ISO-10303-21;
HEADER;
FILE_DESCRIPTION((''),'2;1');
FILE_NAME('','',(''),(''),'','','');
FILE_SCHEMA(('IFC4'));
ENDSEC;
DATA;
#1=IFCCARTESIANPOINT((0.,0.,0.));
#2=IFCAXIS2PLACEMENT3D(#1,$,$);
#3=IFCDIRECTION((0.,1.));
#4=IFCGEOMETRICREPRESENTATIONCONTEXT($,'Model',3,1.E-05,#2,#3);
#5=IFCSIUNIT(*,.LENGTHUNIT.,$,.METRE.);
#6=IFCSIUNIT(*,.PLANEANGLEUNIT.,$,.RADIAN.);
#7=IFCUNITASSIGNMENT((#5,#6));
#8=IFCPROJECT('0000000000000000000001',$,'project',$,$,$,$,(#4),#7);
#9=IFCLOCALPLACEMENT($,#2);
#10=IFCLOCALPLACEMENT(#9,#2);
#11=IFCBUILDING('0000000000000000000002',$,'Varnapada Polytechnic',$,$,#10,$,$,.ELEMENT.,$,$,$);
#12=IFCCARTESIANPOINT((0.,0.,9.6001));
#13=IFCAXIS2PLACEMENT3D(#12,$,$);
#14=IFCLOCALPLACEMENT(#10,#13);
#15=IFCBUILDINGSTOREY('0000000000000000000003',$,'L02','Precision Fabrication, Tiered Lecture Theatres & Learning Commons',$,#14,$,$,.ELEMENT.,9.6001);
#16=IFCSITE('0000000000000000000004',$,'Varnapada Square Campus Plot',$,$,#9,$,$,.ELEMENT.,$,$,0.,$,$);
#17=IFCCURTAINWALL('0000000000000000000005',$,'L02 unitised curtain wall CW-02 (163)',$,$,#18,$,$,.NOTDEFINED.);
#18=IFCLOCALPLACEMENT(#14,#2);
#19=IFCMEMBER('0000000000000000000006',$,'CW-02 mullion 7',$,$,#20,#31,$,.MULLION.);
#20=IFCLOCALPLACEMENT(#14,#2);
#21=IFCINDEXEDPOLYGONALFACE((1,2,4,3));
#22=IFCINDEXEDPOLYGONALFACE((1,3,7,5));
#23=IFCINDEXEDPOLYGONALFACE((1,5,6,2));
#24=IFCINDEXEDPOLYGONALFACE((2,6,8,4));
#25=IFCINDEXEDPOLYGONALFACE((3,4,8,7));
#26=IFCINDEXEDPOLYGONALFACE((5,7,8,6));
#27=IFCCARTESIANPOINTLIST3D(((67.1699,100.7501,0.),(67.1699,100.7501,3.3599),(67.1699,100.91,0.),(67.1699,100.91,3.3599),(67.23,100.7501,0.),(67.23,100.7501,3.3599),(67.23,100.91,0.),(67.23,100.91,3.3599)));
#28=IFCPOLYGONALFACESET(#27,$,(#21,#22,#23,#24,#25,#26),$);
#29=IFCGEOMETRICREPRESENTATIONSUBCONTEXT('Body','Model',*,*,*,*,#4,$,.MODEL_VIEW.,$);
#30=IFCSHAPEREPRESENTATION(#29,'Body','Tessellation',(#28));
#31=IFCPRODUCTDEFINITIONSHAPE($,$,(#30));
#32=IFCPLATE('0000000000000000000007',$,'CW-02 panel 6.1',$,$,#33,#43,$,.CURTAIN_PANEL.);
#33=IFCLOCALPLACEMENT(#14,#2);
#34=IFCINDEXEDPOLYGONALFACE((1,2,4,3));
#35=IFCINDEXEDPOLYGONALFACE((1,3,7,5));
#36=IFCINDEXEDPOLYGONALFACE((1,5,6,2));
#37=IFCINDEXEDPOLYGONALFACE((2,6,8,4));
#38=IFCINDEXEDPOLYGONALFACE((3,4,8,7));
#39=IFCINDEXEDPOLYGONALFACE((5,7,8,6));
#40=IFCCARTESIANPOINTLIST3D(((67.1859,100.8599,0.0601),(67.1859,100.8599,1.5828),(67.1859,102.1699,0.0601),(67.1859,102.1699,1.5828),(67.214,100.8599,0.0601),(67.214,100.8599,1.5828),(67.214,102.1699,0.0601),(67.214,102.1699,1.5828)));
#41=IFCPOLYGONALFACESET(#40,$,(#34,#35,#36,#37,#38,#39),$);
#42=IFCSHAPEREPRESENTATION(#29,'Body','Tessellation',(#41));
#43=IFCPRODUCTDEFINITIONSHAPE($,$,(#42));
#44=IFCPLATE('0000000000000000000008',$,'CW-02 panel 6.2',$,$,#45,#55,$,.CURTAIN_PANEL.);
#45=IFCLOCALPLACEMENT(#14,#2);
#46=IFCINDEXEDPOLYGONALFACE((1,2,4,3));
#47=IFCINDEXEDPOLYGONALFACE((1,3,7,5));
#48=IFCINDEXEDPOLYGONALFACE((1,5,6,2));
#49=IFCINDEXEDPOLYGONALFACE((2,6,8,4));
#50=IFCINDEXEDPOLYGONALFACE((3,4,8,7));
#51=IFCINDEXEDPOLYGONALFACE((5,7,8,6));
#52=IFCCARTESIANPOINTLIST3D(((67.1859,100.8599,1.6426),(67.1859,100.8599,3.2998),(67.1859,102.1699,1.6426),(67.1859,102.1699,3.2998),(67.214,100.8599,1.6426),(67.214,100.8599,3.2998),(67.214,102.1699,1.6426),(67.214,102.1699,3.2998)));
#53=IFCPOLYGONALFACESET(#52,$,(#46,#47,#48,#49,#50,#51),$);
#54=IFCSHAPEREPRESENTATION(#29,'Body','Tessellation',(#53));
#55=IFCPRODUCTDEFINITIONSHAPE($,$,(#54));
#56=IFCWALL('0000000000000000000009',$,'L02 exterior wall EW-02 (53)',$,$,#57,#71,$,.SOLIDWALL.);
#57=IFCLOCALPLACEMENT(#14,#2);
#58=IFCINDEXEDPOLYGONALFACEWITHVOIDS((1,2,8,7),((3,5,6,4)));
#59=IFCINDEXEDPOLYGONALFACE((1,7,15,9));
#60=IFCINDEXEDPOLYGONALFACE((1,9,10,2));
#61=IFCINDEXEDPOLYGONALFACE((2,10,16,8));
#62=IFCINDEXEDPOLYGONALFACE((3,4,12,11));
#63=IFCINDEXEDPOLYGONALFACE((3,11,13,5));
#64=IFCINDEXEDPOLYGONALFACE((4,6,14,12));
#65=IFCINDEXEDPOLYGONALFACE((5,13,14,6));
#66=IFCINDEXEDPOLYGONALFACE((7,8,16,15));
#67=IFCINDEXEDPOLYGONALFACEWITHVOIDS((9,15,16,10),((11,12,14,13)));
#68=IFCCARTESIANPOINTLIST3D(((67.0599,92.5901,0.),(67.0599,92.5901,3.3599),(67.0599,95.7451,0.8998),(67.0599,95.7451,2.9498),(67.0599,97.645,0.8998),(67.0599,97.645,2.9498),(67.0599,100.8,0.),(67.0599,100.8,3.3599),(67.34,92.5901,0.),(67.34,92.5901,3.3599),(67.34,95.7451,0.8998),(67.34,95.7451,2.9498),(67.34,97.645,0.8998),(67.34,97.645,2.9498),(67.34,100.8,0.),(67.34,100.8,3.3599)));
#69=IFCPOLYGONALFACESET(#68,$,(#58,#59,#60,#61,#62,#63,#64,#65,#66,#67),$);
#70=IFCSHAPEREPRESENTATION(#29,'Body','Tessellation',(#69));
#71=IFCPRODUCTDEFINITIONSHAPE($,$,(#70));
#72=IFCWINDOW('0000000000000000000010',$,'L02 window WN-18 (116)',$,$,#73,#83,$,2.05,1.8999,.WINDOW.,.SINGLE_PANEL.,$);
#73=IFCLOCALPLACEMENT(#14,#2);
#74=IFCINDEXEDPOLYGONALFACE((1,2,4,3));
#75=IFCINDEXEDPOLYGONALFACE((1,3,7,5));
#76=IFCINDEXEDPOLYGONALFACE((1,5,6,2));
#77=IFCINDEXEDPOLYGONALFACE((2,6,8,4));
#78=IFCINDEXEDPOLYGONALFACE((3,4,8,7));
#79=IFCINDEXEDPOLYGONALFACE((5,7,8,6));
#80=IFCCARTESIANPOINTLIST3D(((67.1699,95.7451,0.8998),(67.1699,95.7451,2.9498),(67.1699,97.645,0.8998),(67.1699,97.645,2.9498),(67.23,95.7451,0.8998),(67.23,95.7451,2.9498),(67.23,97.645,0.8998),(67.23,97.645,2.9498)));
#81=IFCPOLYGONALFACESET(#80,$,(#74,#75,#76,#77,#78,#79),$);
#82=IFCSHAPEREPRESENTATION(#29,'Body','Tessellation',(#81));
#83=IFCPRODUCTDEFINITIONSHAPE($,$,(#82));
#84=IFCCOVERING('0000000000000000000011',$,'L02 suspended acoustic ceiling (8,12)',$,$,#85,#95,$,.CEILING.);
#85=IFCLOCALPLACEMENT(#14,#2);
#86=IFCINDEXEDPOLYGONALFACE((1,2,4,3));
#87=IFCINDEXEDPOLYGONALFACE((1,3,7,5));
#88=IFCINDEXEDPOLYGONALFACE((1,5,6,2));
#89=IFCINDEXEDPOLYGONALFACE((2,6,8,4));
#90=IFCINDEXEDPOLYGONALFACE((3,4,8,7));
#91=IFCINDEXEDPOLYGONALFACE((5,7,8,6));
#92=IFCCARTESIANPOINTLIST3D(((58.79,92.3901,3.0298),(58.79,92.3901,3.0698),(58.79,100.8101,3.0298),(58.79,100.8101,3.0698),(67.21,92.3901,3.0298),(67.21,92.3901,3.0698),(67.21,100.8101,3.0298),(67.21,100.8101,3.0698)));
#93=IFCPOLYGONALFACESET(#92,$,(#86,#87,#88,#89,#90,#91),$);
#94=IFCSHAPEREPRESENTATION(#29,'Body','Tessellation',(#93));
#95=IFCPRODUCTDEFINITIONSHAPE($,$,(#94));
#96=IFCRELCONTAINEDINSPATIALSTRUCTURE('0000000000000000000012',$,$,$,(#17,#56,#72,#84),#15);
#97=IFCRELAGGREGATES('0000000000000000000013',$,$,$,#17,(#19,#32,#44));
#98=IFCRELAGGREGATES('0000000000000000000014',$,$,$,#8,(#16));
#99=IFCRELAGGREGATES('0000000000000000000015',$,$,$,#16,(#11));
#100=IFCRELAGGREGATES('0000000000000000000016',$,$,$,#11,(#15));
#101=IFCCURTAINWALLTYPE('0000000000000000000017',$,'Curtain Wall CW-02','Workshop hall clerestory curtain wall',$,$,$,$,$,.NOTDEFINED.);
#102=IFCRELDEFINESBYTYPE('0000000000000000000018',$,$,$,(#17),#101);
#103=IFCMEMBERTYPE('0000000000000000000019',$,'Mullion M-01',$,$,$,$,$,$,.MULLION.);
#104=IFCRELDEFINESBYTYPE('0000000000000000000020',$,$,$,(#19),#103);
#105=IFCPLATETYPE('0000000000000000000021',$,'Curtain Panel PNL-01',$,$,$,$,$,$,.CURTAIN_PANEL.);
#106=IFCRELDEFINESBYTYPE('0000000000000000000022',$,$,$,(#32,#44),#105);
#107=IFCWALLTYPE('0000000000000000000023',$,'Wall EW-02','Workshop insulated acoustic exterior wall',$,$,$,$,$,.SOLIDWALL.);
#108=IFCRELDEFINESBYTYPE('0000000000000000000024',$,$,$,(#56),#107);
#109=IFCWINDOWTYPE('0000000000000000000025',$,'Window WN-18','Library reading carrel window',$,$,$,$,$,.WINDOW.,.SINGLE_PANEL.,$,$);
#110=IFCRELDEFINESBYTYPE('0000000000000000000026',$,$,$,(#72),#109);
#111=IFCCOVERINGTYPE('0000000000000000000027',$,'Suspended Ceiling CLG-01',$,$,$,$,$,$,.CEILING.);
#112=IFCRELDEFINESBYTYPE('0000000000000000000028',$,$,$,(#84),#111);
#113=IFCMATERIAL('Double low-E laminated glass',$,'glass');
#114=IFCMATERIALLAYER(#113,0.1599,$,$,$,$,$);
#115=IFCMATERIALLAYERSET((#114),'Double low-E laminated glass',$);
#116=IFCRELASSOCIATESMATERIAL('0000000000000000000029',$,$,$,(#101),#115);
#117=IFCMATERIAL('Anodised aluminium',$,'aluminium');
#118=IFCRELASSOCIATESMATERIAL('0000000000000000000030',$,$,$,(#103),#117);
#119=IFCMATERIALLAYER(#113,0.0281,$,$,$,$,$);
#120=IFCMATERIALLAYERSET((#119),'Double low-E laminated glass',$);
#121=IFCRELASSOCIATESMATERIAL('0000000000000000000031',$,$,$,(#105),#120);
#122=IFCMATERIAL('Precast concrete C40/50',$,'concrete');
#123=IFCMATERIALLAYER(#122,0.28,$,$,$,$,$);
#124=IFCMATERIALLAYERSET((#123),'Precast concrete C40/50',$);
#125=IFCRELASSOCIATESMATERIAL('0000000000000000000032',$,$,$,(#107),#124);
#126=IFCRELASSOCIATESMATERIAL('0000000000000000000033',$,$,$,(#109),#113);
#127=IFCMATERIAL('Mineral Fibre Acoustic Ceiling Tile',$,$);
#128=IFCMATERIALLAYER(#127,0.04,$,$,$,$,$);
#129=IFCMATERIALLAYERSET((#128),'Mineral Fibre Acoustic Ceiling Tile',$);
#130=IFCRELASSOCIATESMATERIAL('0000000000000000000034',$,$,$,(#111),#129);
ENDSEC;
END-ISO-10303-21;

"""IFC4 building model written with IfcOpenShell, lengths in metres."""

from ifc_helpers import new_model, si_unit, direction, frame, frame_2d, origin, origin_2d, place, context, subcontext, project, spatial, rectangle, extrude, material, layer, layer_set, material_profile, profile_set, type_object, element, fill, aggregate, save


model = new_model("IFC4")

# Units and contexts
model_context = context("Model", 3, precision=1e-05, world=origin(), true_north=direction((0.0, 1.0)))
body_context = subcontext(model_context, "Body", "Model", "MODEL_VIEW")
ifc_project = project(units=[si_unit("LENGTHUNIT", "METRE"), si_unit("PLANEANGLEUNIT", "RADIAN")], contexts=[model_context])

# Site, building, storey
site_placement = place(None, origin())
site = spatial("IfcSite", under=ifc_project, at=site_placement, Name="Varnapada Square Campus Plot", CompositionType="ELEMENT", RefElevation=0.0)
building_placement = place(site_placement, origin())
building = spatial("IfcBuilding", under=site, at=building_placement, Name="Varnapada Polytechnic", CompositionType="ELEMENT")
storey_placement = place(building_placement, frame((0.0, 0.0, 9.6001)))
storey = spatial("IfcBuildingStorey", under=building, at=storey_placement, Name="L02", Description="Precision Fabrication, Tiered Lecture Theatres & Learning Commons", CompositionType="ELEMENT", Elevation=9.6001)

# Curtain wall, member, plates
ifc_material_1 = material(Name="Double low-E laminated glass", Category="glass")
ifc_layer_1 = layer(ifc_material_1, 0.1599)
ifc_layer_set_1 = layer_set([ifc_layer_1], Name="Double low-E laminated glass")
curtain_wall_type = type_object("IfcCurtainWallType", Name="Curtain Wall CW-02", Description="Workshop hall clerestory curtain wall", PredefinedType="NOTDEFINED", material=ifc_layer_set_1)
curtain_wall_placement = place(storey_placement, origin())
curtain_wall = element("IfcCurtainWall", 1, at=curtain_wall_placement, inside=storey, type_object=curtain_wall_type, Name="L02 unitised curtain wall CW-02 (163)", PredefinedType="NOTDEFINED")
ifc_material_2 = material(Name="Anodised aluminium", Category="aluminium")
ifc_material_profile = material_profile(ifc_material_2, rectangle(XDim=0.0601, YDim=0.1599, at=origin_2d()), Name="ALU M60x160")
ifc_profile_set = profile_set([ifc_material_profile], Name="Anodised aluminium")
member_type = type_object("IfcMemberType", Name="Mullion M-01", PredefinedType="MULLION", material=ifc_profile_set)
member_placement = place(storey_placement, frame((67.2, 100.8301, 0.0), z_axis=(0.0, 0.0, 1.0), x_axis=(1.0, 0.0, 0.0)))
member = element("IfcMember", 2, at=member_placement, type_object=member_type, Name="CW-02 mullion 7", PredefinedType="MULLION", context=body_context, shape_type="SweptSolid", body=[
    extrude(rectangle(XDim=0.0601, YDim=0.1599, at=origin_2d()), origin(), (0.0, 0.0, 1.0), 3.3599),
])
ifc_layer_2 = layer(ifc_material_1, 0.0281)
ifc_layer_set_2 = layer_set([ifc_layer_2], Name="Double low-E laminated glass")
plate_type = type_object("IfcPlateType", Name="Curtain Panel PNL-01", PredefinedType="CURTAIN_PANEL", material=ifc_layer_set_2)
plate_1_placement = place(storey_placement, frame((67.2, 101.5149, 0.0601), z_axis=(0.0, 0.0, 1.0), x_axis=(0.0, -1.0, 0.0)))
plate_1 = element("IfcPlate", 3, at=plate_1_placement, type_object=plate_type, Name="CW-02 panel 6.1", PredefinedType="CURTAIN_PANEL", context=body_context, shape_type="SweptSolid", body=[
    extrude(rectangle(XDim=1.3101, YDim=0.0281, at=origin_2d()), origin(), (0.0, 0.0, 1.0), 1.5227),
])
plate_2_placement = place(storey_placement, frame((67.2, 101.5149, 1.6426), z_axis=(0.0, 0.0, 1.0), x_axis=(0.0, -1.0, 0.0)))
plate_2 = element("IfcPlate", 4, at=plate_2_placement, type_object=plate_type, Name="CW-02 panel 6.2", PredefinedType="CURTAIN_PANEL", context=body_context, shape_type="SweptSolid", body=[
    extrude(rectangle(XDim=1.3101, YDim=0.0281, at=origin_2d()), origin(), (0.0, 0.0, 1.0), 1.6572),
])
aggregate(curtain_wall, [member, plate_1, plate_2])

# Wall, opening, window
ifc_material_3 = material(Name="Precast concrete C40/50", Category="concrete")
ifc_layer_3 = layer(ifc_material_3, 0.28)
ifc_layer_set_3 = layer_set([ifc_layer_3], Name="Precast concrete C40/50")
wall_type = type_object("IfcWallType", Name="Wall EW-02", Description="Workshop insulated acoustic exterior wall", PredefinedType="SOLIDWALL", material=ifc_layer_set_3)
wall_placement = place(storey_placement, frame((67.2, 100.8, 0.0), z_axis=(0.0, 0.0, 1.0), x_axis=(0.0, -1.0, 0.0)))
wall = element("IfcWall", 5, at=wall_placement, inside=storey, type_object=wall_type, Name="L02 exterior wall EW-02 (53)", PredefinedType="SOLIDWALL", context=body_context, shape_type="SweptSolid", body=[
    extrude(rectangle(XDim=8.21, YDim=0.28, at=frame_2d((4.105, 0.0))), origin(), (0.0, 0.0, 1.0), 3.3599),
])
opening_1_placement = place(wall_placement, frame((3.155, 0.0, 0.8999)))
opening_1 = element("IfcOpeningElement", 6, at=opening_1_placement, cuts=wall, PredefinedType="OPENING", context=body_context, shape_type="SweptSolid", body=[
    extrude(rectangle(XDim=1.8999, YDim=2.05, at=frame_2d((0.95, 1.0249))), frame((0.0, 0.1499, 0.0), z_axis=(0.0, -1.0, 0.0), x_axis=(1.0, 0.0, 0.0)), (0.0, 0.0, 1.0), 0.3),
])
window_type = type_object("IfcWindowType", Name="Window WN-18", Description="Library reading carrel window", PartitioningType="SINGLE_PANEL", PredefinedType="WINDOW", material=ifc_material_1)
window_placement = place(opening_1_placement, origin())
window = element("IfcWindow", 7, at=window_placement, inside=storey, type_object=window_type, Name="L02 window WN-18 (116)", OverallHeight=2.05, OverallWidth=1.8999, PartitioningType="SINGLE_PANEL", PredefinedType="WINDOW", context=body_context, shape_type="SweptSolid", body=[
    extrude(rectangle(XDim=1.8999, YDim=2.05, at=frame_2d((0.95, 1.0249))), frame((0.0, 0.03, 0.0), z_axis=(0.0, -1.0, 0.0), x_axis=(1.0, 0.0, 0.0)), (0.0, 0.0, 1.0), 0.0601),
])
fill(opening_1, window)

# Covering
ifc_material_4 = material(Name="Mineral Fibre Acoustic Ceiling Tile")
ifc_layer_4 = layer(ifc_material_4, 0.04)
ifc_layer_set_4 = layer_set([ifc_layer_4], Name="Mineral Fibre Acoustic Ceiling Tile")
covering_type_1 = type_object("IfcCoveringType", Name="Suspended Ceiling CLG-01", PredefinedType="CEILING", material=ifc_layer_set_4)
covering_1_placement = place(storey_placement, frame((63.0, 96.6001, 3.0298), z_axis=(0.0, 0.0, 1.0), x_axis=(1.0, 0.0, 0.0)))
element("IfcCovering", 8, at=covering_1_placement, inside=storey, type_object=covering_type_1, Name="L02 suspended acoustic ceiling (8,12)", PredefinedType="CEILING", context=body_context, shape_type="SweptSolid", body=[
    extrude(rectangle(XDim=8.4199, YDim=8.4199, at=origin_2d()), origin(), (0.0, 0.0, 1.0), 0.04),
])

save(model, "model.ifc")
